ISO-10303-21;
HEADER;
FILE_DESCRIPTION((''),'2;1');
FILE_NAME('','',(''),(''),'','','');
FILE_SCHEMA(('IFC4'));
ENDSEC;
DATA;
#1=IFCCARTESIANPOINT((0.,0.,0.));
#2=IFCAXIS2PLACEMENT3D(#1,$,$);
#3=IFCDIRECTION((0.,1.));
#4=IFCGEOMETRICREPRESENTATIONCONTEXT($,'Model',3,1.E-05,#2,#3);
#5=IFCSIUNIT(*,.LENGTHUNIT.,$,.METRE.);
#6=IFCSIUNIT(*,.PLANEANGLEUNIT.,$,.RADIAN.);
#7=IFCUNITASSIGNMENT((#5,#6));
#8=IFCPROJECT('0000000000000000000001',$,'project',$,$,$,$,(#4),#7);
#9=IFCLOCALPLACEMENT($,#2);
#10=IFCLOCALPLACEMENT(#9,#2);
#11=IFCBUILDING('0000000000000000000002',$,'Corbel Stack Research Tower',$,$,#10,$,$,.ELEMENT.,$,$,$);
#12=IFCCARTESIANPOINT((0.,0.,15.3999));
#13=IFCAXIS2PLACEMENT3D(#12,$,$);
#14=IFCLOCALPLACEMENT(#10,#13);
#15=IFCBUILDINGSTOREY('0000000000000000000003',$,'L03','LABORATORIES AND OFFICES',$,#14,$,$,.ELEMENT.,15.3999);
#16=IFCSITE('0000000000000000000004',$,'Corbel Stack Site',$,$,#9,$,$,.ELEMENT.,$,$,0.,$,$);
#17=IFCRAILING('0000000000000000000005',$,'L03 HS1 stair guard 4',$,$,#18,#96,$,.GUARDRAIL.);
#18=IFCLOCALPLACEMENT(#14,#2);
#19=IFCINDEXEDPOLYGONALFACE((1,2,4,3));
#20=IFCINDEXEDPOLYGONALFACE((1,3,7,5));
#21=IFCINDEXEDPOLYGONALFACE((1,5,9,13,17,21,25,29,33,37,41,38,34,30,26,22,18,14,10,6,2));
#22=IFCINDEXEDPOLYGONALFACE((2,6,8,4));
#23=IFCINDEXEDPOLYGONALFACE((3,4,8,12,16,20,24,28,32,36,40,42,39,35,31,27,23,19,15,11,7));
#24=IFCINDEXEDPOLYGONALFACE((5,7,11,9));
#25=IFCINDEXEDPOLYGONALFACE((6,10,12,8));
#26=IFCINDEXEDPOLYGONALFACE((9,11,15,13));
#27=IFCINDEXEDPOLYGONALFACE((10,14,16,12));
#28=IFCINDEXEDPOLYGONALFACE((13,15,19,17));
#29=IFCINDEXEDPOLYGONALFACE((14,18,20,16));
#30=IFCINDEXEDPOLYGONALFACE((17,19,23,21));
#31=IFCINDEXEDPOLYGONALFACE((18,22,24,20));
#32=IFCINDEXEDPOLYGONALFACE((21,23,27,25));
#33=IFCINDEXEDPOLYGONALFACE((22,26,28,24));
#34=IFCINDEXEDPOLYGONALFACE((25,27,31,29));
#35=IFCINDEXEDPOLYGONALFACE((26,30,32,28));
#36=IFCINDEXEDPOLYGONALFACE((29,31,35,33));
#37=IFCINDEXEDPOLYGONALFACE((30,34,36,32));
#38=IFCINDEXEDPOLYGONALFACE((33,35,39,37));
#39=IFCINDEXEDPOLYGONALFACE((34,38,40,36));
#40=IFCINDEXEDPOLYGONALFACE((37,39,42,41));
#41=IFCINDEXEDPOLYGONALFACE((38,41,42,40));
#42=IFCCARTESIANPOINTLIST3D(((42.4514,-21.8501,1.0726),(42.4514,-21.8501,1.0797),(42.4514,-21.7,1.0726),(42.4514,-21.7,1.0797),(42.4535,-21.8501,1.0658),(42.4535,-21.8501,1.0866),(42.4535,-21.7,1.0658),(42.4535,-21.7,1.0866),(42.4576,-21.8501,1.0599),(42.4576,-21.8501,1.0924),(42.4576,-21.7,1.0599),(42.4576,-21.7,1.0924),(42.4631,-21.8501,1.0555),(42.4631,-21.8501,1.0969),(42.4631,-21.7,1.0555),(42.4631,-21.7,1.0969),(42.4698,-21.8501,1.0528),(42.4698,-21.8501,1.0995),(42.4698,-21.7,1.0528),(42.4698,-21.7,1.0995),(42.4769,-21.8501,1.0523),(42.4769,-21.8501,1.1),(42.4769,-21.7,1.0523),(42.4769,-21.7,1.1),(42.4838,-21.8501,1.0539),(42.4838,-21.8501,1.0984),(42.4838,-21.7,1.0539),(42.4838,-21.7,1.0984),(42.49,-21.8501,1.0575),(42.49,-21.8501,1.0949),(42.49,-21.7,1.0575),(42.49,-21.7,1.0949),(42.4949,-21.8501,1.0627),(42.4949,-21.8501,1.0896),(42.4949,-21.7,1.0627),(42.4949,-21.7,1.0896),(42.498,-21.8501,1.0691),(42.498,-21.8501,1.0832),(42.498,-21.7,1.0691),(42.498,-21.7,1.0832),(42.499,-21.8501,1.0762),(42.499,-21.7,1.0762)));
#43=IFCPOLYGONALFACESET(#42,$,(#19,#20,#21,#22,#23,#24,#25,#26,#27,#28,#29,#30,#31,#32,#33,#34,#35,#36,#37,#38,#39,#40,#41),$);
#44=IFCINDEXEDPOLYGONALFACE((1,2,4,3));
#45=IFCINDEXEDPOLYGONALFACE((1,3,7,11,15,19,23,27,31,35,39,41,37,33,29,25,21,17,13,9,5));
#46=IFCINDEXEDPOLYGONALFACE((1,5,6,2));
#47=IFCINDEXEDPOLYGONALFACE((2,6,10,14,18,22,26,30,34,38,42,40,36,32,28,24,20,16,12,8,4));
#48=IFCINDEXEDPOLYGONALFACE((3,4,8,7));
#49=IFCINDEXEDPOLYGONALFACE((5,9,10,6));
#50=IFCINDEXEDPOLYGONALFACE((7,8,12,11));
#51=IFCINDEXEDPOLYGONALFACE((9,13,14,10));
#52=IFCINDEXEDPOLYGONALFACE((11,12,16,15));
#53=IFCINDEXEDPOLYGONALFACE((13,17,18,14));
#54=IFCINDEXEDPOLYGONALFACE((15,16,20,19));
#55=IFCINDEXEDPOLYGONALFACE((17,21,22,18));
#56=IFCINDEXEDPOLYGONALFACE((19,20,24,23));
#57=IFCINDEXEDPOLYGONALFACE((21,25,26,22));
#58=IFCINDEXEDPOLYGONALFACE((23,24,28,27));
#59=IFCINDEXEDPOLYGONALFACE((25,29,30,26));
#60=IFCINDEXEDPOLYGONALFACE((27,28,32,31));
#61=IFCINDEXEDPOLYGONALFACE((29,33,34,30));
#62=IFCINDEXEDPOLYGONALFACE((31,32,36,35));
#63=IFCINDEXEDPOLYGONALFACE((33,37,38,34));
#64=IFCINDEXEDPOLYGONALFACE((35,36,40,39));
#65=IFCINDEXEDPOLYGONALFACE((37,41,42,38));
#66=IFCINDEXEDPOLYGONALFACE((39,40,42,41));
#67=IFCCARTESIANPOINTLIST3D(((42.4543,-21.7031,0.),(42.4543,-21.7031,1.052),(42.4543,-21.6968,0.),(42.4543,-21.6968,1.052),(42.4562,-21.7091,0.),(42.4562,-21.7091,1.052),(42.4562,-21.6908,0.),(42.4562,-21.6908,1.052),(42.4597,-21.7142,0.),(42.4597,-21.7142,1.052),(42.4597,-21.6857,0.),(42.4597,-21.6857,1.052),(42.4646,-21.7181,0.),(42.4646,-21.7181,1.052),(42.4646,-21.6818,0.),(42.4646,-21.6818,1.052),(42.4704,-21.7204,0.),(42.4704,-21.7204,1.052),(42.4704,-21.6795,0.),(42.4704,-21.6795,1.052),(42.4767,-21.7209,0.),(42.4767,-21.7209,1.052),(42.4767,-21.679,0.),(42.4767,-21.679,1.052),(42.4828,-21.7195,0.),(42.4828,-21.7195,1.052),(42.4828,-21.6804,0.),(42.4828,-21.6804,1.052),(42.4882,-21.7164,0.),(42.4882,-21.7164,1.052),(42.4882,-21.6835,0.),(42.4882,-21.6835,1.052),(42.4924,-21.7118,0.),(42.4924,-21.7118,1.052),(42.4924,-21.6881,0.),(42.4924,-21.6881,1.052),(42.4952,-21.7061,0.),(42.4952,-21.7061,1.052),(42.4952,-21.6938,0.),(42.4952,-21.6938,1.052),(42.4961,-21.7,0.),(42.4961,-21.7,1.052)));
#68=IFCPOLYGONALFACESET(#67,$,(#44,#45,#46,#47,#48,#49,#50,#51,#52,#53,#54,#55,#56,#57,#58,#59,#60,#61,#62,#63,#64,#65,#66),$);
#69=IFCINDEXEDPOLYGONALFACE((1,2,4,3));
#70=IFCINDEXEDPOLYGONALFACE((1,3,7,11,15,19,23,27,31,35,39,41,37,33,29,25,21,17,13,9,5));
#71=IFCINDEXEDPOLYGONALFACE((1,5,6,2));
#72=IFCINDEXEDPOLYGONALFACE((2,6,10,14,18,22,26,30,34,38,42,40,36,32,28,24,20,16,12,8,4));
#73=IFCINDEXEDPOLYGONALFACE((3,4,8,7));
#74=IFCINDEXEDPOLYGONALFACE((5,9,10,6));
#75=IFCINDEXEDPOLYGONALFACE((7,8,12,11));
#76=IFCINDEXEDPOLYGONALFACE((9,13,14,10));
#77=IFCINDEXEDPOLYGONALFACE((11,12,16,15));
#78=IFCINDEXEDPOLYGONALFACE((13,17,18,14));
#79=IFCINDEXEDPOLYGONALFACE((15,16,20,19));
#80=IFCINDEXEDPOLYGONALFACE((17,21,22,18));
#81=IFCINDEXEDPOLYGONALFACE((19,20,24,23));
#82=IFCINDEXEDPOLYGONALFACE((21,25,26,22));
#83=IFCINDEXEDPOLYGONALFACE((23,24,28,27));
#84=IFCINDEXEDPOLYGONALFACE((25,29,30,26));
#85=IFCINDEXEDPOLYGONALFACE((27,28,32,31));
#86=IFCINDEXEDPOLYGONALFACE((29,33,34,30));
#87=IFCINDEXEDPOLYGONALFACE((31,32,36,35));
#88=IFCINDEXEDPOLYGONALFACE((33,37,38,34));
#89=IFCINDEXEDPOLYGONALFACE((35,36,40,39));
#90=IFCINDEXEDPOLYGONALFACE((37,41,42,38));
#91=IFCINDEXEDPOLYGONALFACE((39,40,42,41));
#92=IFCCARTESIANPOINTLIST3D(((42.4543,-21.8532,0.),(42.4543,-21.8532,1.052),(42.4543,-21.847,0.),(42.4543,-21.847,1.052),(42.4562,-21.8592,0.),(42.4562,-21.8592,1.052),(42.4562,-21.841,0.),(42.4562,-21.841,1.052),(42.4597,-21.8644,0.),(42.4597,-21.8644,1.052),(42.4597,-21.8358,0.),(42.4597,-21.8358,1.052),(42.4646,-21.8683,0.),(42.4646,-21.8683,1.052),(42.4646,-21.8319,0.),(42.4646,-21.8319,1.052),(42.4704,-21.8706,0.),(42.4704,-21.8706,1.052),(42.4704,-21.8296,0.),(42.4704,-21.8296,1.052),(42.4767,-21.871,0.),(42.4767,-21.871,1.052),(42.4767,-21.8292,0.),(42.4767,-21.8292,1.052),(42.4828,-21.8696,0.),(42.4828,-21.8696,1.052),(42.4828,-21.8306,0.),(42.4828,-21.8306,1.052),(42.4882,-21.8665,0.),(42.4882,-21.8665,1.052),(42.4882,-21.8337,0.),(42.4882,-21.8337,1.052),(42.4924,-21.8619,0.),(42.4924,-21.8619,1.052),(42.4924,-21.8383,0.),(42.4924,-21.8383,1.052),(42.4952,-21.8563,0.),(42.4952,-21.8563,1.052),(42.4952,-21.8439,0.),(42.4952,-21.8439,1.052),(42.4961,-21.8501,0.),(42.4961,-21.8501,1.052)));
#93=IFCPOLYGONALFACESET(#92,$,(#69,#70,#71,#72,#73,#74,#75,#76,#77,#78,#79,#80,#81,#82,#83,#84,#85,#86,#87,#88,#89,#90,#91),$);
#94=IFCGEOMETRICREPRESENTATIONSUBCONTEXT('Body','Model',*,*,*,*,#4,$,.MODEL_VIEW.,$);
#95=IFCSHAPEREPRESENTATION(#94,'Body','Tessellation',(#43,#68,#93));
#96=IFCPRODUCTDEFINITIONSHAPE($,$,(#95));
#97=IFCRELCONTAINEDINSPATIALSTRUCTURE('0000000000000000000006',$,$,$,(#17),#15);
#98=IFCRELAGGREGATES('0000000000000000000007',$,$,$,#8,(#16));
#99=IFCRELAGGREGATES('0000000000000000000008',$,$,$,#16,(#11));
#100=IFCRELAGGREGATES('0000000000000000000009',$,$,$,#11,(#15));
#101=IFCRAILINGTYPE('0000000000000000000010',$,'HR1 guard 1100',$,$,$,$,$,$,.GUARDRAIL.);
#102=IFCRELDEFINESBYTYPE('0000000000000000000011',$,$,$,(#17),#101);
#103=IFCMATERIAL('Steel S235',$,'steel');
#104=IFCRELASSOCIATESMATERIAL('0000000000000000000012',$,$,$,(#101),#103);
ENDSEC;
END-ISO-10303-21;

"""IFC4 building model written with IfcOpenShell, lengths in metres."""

from ifc_helpers import new_model, si_unit, direction, frame, origin, origin_2d, place, context, subcontext, project, spatial, circle, extrude, material, type_object, element, save


model = new_model("IFC4")

# Units and contexts
model_context = context("Model", 3, precision=1e-05, world=origin(), true_north=direction((0.0, 1.0)))
body_context = subcontext(model_context, "Body", "Model", "MODEL_VIEW")
ifc_project = project(units=[si_unit("LENGTHUNIT", "METRE"), si_unit("PLANEANGLEUNIT", "RADIAN")], contexts=[model_context])

# Site, building, storey
site_placement = place(None, origin())
site = spatial("IfcSite", under=ifc_project, at=site_placement, Name="Corbel Stack Site", CompositionType="ELEMENT", RefElevation=0.0)
building_placement = place(site_placement, origin())
building = spatial("IfcBuilding", under=site, at=building_placement, Name="Corbel Stack Research Tower", CompositionType="ELEMENT")
storey_placement = place(building_placement, frame((0.0, 0.0, 15.3999)))
storey = spatial("IfcBuildingStorey", under=building, at=storey_placement, Name="L03", Description="LABORATORIES AND OFFICES", CompositionType="ELEMENT", Elevation=15.3999)

# Railing
ifc_material_1 = material(Name="Steel S235", Category="steel")
railing_type_1 = type_object("IfcRailingType", Name="HR1 guard 1100", PredefinedType="GUARDRAIL", material=ifc_material_1)
railing_1_placement = place(storey_placement, frame((42.4751, -21.7, 0.0)))
element("IfcRailing", 1, at=railing_1_placement, inside=storey, type_object=railing_type_1, Name="L03 HS1 stair guard 4", PredefinedType="GUARDRAIL", context=body_context, shape_type="SweptSolid", body=[
    extrude(circle(Radius=0.0239, at=origin_2d()), frame((0.0, 0.0, 1.0762), z_axis=(0.0, -1.0, 0.0), x_axis=(1.0, 0.0, 0.0)), (0.0, 0.0, 1.0), 0.1501),
    extrude(circle(Radius=0.021, at=origin_2d()), origin(), (0.0, 0.0, 1.0), 1.052),
    extrude(circle(Radius=0.021, at=origin_2d()), frame((0.0, -0.1501, 0.0)), (0.0, 0.0, 1.0), 1.052),
])

save(model, "model.ifc")
